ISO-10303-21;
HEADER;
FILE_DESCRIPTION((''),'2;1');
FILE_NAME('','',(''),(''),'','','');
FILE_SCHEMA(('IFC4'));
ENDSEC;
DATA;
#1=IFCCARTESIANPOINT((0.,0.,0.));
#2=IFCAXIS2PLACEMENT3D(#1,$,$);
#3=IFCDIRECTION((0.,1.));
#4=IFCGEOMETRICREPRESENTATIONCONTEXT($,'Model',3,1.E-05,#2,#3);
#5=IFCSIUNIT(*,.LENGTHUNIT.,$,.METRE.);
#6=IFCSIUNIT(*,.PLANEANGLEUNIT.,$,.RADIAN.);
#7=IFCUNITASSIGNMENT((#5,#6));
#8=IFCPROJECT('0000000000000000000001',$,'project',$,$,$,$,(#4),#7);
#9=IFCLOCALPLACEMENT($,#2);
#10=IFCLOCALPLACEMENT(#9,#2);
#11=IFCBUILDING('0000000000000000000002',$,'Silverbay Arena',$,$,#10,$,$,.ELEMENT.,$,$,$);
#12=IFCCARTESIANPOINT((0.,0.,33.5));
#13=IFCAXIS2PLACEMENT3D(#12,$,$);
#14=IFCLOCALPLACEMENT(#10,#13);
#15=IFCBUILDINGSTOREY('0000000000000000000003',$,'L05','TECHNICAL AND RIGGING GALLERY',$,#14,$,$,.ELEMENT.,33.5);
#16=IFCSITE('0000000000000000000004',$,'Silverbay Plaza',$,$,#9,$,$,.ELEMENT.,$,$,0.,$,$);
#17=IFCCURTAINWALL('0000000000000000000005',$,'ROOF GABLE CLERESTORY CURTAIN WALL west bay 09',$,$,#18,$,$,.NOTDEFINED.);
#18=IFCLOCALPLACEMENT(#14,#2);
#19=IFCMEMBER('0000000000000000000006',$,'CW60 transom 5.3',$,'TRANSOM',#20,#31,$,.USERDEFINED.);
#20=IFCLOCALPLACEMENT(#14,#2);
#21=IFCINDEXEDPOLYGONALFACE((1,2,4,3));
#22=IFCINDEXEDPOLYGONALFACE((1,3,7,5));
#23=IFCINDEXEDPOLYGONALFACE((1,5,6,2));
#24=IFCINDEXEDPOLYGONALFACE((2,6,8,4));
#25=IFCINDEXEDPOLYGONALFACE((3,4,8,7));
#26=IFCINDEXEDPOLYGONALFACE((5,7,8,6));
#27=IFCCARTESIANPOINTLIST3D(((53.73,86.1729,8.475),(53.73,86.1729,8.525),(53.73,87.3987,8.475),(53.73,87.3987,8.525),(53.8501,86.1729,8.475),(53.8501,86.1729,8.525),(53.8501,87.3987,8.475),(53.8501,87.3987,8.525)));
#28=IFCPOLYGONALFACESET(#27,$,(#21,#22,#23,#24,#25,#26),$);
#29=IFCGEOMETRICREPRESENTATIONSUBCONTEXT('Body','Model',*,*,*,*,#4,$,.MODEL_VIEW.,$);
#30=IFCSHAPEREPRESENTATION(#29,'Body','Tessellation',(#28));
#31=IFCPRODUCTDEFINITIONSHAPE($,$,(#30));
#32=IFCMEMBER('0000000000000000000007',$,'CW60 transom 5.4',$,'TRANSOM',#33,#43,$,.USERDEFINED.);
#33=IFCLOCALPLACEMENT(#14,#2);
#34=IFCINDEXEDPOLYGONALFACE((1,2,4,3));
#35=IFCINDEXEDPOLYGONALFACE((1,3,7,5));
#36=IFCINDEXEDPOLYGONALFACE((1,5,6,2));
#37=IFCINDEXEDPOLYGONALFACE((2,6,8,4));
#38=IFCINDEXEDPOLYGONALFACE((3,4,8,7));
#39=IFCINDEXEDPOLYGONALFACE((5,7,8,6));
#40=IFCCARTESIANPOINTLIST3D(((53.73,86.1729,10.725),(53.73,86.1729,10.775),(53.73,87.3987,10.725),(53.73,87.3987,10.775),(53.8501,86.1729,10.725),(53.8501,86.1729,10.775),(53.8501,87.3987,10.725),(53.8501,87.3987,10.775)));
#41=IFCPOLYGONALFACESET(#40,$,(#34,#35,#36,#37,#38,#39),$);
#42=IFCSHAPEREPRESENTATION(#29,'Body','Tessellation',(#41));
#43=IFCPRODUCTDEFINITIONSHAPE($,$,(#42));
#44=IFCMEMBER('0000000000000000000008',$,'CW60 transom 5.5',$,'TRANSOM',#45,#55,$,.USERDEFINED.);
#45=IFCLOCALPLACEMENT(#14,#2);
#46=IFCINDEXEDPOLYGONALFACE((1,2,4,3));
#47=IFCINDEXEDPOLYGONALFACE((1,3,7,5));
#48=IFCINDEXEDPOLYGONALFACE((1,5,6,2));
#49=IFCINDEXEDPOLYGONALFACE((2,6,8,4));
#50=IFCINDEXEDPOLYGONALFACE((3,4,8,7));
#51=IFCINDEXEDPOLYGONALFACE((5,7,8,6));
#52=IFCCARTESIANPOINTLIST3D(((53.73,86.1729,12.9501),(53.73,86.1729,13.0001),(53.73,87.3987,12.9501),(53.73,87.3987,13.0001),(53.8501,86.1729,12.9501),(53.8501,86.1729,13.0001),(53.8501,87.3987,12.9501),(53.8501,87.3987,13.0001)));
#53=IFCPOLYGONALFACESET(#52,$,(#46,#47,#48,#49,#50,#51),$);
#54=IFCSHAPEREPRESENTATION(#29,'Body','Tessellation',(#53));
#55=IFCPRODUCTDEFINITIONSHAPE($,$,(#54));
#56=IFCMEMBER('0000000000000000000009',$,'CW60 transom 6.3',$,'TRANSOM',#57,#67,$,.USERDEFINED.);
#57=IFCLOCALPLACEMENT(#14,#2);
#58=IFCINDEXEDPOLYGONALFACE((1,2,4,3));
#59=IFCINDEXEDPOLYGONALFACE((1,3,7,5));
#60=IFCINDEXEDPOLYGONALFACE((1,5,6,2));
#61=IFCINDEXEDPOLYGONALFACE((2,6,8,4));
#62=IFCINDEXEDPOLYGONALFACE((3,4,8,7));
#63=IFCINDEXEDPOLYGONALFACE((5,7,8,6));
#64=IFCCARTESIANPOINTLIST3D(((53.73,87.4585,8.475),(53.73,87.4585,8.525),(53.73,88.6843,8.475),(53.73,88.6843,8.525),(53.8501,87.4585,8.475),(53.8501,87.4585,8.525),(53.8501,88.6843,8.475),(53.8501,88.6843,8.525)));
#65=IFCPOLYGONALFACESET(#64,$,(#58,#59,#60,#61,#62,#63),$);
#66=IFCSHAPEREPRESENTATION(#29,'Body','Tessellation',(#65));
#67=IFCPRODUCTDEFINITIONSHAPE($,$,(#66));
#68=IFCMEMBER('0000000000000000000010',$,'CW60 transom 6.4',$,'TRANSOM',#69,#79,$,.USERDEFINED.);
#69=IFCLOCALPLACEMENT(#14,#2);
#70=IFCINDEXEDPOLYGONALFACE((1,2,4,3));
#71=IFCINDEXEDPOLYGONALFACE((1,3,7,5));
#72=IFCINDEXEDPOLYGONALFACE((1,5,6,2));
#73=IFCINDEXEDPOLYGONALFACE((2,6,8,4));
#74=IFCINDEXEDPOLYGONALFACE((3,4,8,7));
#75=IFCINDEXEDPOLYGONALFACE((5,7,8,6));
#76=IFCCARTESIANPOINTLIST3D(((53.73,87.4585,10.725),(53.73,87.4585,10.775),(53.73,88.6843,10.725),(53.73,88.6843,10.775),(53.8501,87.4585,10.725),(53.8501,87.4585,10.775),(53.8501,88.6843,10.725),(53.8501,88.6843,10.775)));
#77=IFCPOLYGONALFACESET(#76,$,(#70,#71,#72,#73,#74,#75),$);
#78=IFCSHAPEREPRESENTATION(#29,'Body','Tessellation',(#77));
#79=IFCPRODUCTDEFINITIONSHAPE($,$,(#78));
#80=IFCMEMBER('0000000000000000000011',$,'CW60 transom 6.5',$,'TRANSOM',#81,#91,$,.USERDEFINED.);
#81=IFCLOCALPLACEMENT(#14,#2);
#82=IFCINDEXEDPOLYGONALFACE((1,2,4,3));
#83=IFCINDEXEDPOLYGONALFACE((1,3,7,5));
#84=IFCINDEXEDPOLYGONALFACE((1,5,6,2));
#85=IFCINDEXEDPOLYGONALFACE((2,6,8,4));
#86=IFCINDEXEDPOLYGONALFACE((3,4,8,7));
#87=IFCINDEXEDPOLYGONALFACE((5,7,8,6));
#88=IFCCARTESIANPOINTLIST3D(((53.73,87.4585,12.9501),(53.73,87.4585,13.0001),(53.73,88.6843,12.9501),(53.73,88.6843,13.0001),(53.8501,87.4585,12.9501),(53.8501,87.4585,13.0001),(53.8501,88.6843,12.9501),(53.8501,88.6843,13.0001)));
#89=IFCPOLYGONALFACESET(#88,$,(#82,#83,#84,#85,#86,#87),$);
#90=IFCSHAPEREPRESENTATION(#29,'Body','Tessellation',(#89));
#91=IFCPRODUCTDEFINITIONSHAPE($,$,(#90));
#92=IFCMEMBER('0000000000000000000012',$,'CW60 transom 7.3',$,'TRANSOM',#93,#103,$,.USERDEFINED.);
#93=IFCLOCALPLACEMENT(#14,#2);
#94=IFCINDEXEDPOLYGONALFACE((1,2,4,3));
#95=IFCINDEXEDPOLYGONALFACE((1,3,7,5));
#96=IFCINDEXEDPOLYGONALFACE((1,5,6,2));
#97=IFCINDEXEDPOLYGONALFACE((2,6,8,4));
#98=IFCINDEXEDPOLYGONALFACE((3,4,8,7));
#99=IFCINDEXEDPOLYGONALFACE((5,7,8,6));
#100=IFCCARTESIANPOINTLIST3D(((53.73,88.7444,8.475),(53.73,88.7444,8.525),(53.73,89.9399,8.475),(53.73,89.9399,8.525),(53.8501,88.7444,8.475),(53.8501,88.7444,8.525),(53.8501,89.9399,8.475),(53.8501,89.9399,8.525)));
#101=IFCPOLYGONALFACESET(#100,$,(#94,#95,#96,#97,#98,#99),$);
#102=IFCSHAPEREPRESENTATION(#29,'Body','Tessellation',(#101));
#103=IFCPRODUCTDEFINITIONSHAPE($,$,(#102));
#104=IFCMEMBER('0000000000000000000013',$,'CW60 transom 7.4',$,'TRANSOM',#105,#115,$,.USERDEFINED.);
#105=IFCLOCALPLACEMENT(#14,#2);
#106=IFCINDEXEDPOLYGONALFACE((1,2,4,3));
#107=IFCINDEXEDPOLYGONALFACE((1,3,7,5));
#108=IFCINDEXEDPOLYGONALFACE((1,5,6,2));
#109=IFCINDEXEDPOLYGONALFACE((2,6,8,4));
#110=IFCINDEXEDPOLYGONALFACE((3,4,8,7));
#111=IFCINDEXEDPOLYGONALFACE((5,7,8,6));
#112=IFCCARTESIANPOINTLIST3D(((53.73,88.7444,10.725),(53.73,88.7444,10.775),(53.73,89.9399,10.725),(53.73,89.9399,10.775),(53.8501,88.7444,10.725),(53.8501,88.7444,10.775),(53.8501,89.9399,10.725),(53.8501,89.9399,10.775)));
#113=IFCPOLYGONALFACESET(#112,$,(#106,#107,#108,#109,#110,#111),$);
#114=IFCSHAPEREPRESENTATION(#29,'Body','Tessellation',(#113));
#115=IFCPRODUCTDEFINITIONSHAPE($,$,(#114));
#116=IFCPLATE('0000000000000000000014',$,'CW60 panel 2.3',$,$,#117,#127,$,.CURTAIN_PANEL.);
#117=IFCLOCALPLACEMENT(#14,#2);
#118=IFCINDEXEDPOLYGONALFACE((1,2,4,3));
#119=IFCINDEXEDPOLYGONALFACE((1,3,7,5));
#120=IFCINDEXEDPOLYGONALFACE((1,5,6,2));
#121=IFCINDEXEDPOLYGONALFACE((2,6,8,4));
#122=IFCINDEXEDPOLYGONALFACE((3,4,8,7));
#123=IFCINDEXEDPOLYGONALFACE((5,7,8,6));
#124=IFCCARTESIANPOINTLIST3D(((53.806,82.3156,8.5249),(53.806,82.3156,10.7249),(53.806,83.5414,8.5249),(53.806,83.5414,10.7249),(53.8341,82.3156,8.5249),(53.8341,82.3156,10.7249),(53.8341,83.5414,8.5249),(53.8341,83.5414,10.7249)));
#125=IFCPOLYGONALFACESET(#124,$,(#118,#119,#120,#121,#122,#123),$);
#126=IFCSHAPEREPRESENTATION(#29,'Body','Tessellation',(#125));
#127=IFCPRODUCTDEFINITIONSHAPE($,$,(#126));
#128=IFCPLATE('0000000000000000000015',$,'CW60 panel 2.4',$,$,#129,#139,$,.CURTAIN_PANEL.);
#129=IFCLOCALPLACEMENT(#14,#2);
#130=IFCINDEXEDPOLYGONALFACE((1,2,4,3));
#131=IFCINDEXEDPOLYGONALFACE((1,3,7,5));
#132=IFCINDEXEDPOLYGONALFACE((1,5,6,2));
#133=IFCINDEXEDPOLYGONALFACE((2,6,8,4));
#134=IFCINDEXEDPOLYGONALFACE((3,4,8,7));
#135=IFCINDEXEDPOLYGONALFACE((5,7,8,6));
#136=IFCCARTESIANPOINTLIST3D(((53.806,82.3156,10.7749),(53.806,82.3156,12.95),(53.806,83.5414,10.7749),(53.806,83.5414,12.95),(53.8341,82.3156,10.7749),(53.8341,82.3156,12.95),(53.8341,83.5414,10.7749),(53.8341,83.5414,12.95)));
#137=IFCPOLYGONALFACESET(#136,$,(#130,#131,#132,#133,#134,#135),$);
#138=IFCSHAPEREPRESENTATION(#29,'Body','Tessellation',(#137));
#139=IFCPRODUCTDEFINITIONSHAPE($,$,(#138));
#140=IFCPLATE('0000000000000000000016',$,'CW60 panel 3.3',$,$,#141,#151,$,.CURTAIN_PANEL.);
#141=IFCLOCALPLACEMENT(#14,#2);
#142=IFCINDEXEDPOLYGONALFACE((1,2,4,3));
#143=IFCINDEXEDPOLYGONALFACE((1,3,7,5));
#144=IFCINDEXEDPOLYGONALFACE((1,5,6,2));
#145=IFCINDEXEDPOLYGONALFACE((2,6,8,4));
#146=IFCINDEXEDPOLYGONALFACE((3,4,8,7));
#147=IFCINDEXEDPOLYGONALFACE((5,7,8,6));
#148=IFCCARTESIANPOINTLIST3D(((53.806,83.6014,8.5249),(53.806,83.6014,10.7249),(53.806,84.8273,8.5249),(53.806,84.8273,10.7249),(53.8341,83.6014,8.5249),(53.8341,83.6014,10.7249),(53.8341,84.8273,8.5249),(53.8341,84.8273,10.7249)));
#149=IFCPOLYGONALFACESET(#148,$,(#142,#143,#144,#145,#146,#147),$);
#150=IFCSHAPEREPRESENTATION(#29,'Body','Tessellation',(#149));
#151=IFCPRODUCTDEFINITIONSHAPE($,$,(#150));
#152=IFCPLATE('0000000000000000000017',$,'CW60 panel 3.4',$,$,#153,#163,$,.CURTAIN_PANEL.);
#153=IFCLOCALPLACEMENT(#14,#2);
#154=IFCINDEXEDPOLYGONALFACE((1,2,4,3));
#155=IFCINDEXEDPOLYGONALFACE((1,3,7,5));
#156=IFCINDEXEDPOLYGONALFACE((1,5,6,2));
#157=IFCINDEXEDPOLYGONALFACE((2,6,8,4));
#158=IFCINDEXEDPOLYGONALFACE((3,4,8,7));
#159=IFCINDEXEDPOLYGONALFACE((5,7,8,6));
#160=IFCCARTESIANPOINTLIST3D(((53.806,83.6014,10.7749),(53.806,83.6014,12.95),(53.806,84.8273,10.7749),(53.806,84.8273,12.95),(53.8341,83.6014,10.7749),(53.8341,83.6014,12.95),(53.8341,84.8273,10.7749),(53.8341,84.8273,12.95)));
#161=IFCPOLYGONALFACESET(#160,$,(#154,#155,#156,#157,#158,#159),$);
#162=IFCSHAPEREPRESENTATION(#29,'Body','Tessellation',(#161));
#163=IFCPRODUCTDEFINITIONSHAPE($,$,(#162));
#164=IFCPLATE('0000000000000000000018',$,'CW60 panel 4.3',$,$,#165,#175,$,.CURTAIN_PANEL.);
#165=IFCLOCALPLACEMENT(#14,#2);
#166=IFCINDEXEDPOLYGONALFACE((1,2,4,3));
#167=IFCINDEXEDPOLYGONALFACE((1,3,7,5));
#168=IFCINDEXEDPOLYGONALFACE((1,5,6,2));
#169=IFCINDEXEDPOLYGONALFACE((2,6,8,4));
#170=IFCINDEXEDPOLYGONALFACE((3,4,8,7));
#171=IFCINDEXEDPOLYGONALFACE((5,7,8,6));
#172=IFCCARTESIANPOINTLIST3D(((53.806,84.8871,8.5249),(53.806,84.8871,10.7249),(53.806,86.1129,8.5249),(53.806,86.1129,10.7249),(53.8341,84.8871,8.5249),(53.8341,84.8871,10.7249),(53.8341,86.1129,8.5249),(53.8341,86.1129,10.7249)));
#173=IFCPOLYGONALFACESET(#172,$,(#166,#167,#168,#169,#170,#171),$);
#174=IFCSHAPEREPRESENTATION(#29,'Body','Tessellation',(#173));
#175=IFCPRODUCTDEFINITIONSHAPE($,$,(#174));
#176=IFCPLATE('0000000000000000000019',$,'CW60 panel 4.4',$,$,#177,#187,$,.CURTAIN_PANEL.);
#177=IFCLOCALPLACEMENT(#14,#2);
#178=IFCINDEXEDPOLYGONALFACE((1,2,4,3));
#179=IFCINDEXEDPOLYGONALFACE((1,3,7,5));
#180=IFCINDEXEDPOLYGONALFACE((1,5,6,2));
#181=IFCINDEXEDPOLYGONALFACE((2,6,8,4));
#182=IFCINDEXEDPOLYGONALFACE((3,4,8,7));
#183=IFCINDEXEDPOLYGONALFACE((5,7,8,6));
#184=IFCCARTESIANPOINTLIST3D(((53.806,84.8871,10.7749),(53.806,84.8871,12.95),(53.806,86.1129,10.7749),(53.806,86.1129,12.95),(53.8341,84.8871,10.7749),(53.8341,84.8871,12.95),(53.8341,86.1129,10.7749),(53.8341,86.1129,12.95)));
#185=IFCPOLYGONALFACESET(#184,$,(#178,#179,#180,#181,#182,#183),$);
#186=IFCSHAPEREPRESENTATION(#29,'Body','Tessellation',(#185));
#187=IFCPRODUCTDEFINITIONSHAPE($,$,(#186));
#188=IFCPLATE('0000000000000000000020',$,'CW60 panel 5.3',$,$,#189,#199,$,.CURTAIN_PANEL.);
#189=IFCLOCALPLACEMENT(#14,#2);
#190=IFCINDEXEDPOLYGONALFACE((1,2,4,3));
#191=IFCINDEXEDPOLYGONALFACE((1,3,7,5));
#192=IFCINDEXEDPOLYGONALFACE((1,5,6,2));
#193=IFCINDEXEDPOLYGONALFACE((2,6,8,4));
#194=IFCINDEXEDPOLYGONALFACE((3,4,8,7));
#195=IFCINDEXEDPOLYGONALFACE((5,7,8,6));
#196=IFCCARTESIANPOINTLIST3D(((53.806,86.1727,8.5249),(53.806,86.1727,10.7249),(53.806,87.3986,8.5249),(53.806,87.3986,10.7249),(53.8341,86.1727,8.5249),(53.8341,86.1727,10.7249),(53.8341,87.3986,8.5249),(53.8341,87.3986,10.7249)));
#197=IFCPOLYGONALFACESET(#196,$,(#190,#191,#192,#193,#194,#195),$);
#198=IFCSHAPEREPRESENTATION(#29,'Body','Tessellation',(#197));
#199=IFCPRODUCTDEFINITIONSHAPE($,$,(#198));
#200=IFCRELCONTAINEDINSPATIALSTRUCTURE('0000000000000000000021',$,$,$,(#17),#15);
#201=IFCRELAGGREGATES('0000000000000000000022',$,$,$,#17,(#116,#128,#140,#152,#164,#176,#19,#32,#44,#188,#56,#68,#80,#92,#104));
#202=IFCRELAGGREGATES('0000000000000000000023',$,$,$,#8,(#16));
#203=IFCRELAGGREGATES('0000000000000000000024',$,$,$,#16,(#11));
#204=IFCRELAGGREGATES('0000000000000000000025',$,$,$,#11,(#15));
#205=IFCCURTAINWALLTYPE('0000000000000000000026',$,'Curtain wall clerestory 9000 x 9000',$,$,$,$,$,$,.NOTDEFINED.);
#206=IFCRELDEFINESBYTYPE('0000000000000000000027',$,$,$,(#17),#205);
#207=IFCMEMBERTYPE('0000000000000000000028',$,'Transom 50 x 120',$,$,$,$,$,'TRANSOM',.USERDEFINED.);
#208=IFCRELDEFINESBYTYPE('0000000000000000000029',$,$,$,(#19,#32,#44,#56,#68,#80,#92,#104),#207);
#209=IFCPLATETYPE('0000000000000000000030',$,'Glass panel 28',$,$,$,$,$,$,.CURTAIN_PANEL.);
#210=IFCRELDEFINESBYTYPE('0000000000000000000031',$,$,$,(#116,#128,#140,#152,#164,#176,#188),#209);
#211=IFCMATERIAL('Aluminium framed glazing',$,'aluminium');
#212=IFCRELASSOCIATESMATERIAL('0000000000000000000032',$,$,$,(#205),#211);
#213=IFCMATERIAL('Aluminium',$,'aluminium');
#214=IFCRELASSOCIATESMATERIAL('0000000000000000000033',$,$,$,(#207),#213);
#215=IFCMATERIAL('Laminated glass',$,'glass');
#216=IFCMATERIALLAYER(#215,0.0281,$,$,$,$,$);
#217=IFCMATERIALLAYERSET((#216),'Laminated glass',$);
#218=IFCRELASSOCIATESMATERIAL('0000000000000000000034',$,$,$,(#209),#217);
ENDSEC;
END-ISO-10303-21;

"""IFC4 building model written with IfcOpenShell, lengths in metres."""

from ifc_helpers import new_model, si_unit, direction, frame, origin, origin_2d, place, context, subcontext, project, spatial, rectangle, extrude, material, layer, layer_set, material_profile, profile_set, type_object, element, aggregate, save


model = new_model("IFC4")

# Units and contexts
model_context = context("Model", 3, precision=1e-05, world=origin(), true_north=direction((0.0, 1.0)))
body_context = subcontext(model_context, "Body", "Model", "MODEL_VIEW")
ifc_project = project(units=[si_unit("LENGTHUNIT", "METRE"), si_unit("PLANEANGLEUNIT", "RADIAN")], contexts=[model_context])

# Site, building, storey
site_placement = place(None, origin())
site = spatial("IfcSite", under=ifc_project, at=site_placement, Name="Silverbay Plaza", CompositionType="ELEMENT", RefElevation=0.0)
building_placement = place(site_placement, origin())
building = spatial("IfcBuilding", under=site, at=building_placement, Name="Silverbay Arena", CompositionType="ELEMENT")
storey_placement = place(building_placement, frame((0.0, 0.0, 33.5)))
storey = spatial("IfcBuildingStorey", under=building, at=storey_placement, Name="L05", Description="TECHNICAL AND RIGGING GALLERY", CompositionType="ELEMENT", Elevation=33.5)

# Curtain wall, members, plates
ifc_material_1 = material(Name="Aluminium framed glazing", Category="aluminium")
curtain_wall_type = type_object("IfcCurtainWallType", Name="Curtain wall clerestory 9000 x 9000", PredefinedType="NOTDEFINED", material=ifc_material_1)
curtain_wall_placement = place(storey_placement, origin())
curtain_wall = element("IfcCurtainWall", 1, at=curtain_wall_placement, inside=storey, type_object=curtain_wall_type, Name="ROOF GABLE CLERESTORY CURTAIN WALL west bay 09", PredefinedType="NOTDEFINED")
ifc_material_2 = material(Name="Aluminium", Category="aluminium")
ifc_material_profile_1 = material_profile(ifc_material_2, rectangle(XDim=0.1201, YDim=0.05, at=origin_2d()), Name="Transom 50 x 120")
ifc_profile_set_1 = profile_set([ifc_material_profile_1], Name="Aluminium")
member_type_1 = type_object("IfcMemberType", Name="Transom 50 x 120", ElementType="TRANSOM", PredefinedType="USERDEFINED", material=ifc_profile_set_1)
member_1_placement = place(storey_placement, frame((53.79, 86.1729, 8.5), z_axis=(0.0, 1.0, 0.0), x_axis=(-1.0, 0.0, 0.0)))
member_1 = element("IfcMember", 2, at=member_1_placement, type_object=member_type_1, Name="CW60 transom 5.3", ObjectType="TRANSOM", PredefinedType="USERDEFINED", context=body_context, shape_type="SweptSolid", body=[
    extrude(rectangle(XDim=0.1201, YDim=0.05, at=origin_2d()), origin(), (0.0, 0.0, 1.0), 1.2258),
])
member_2_placement = place(storey_placement, frame((53.79, 86.1729, 10.75), z_axis=(0.0, 1.0, 0.0), x_axis=(-1.0, 0.0, 0.0)))
member_2 = element("IfcMember", 3, at=member_2_placement, type_object=member_type_1, Name="CW60 transom 5.4", ObjectType="TRANSOM", PredefinedType="USERDEFINED", context=body_context, shape_type="SweptSolid", body=[
    extrude(rectangle(XDim=0.1201, YDim=0.05, at=origin_2d()), origin(), (0.0, 0.0, 1.0), 1.2258),
])
member_3_placement = place(storey_placement, frame((53.79, 86.1729, 12.9751), z_axis=(0.0, 1.0, 0.0), x_axis=(-1.0, 0.0, 0.0)))
member_3 = element("IfcMember", 4, at=member_3_placement, type_object=member_type_1, Name="CW60 transom 5.5", ObjectType="TRANSOM", PredefinedType="USERDEFINED", context=body_context, shape_type="SweptSolid", body=[
    extrude(rectangle(XDim=0.1201, YDim=0.05, at=origin_2d()), origin(), (0.0, 0.0, 1.0), 1.2258),
])
member_4_placement = place(storey_placement, frame((53.79, 87.4585, 8.5), z_axis=(0.0, 1.0, 0.0), x_axis=(-1.0, 0.0, 0.0)))
member_4 = element("IfcMember", 5, at=member_4_placement, type_object=member_type_1, Name="CW60 transom 6.3", ObjectType="TRANSOM", PredefinedType="USERDEFINED", context=body_context, shape_type="SweptSolid", body=[
    extrude(rectangle(XDim=0.1201, YDim=0.05, at=origin_2d()), origin(), (0.0, 0.0, 1.0), 1.2258),
])
member_5_placement = place(storey_placement, frame((53.79, 87.4585, 10.75), z_axis=(0.0, 1.0, 0.0), x_axis=(-1.0, 0.0, 0.0)))
member_5 = element("IfcMember", 6, at=member_5_placement, type_object=member_type_1, Name="CW60 transom 6.4", ObjectType="TRANSOM", PredefinedType="USERDEFINED", context=body_context, shape_type="SweptSolid", body=[
    extrude(rectangle(XDim=0.1201, YDim=0.05, at=origin_2d()), origin(), (0.0, 0.0, 1.0), 1.2258),
])
member_6_placement = place(storey_placement, frame((53.79, 87.4585, 12.9751), z_axis=(0.0, 1.0, 0.0), x_axis=(-1.0, 0.0, 0.0)))
member_6 = element("IfcMember", 7, at=member_6_placement, type_object=member_type_1, Name="CW60 transom 6.5", ObjectType="TRANSOM", PredefinedType="USERDEFINED", context=body_context, shape_type="SweptSolid", body=[
    extrude(rectangle(XDim=0.1201, YDim=0.05, at=origin_2d()), origin(), (0.0, 0.0, 1.0), 1.2258),
])
member_7_placement = place(storey_placement, frame((53.79, 88.7444, 8.5), z_axis=(0.0, 1.0, 0.0), x_axis=(-1.0, 0.0, 0.0)))
member_7 = element("IfcMember", 8, at=member_7_placement, type_object=member_type_1, Name="CW60 transom 7.3", ObjectType="TRANSOM", PredefinedType="USERDEFINED", context=body_context, shape_type="SweptSolid", body=[
    extrude(rectangle(XDim=0.1201, YDim=0.05, at=origin_2d()), origin(), (0.0, 0.0, 1.0), 1.1956),
])
member_8_placement = place(storey_placement, frame((53.79, 88.7444, 10.75), z_axis=(0.0, 1.0, 0.0), x_axis=(-1.0, 0.0, 0.0)))
member_8 = element("IfcMember", 9, at=member_8_placement, type_object=member_type_1, Name="CW60 transom 7.4", ObjectType="TRANSOM", PredefinedType="USERDEFINED", context=body_context, shape_type="SweptSolid", body=[
    extrude(rectangle(XDim=0.1201, YDim=0.05, at=origin_2d()), origin(), (0.0, 0.0, 1.0), 1.1956),
])
ifc_material_3 = material(Name="Laminated glass", Category="glass")
ifc_layer = layer(ifc_material_3, 0.0281)
ifc_layer_set = layer_set([ifc_layer], Name="Laminated glass")
plate_type = type_object("IfcPlateType", Name="Glass panel 28", PredefinedType="CURTAIN_PANEL", material=ifc_layer_set)
plate_1_placement = place(storey_placement, frame((53.8201, 82.9285, 8.5249), z_axis=(0.0, 0.0, 1.0), x_axis=(0.0, 1.0, 0.0)))
plate_1 = element("IfcPlate", 10, at=plate_1_placement, type_object=plate_type, Name="CW60 panel 2.3", PredefinedType="CURTAIN_PANEL", context=body_context, shape_type="SweptSolid", body=[
    extrude(rectangle(XDim=1.2258, YDim=0.0281, at=origin_2d()), origin(), (0.0, 0.0, 1.0), 2.2),
])
plate_2_placement = place(storey_placement, frame((53.8201, 82.9285, 10.7749), z_axis=(0.0, 0.0, 1.0), x_axis=(0.0, 1.0, 0.0)))
plate_2 = element("IfcPlate", 11, at=plate_2_placement, type_object=plate_type, Name="CW60 panel 2.4", PredefinedType="CURTAIN_PANEL", context=body_context, shape_type="SweptSolid", body=[
    extrude(rectangle(XDim=1.2258, YDim=0.0281, at=origin_2d()), origin(), (0.0, 0.0, 1.0), 2.175),
])
plate_3_placement = place(storey_placement, frame((53.8201, 84.2144, 8.5249), z_axis=(0.0, 0.0, 1.0), x_axis=(0.0, 1.0, 0.0)))
plate_3 = element("IfcPlate", 12, at=plate_3_placement, type_object=plate_type, Name="CW60 panel 3.3", PredefinedType="CURTAIN_PANEL", context=body_context, shape_type="SweptSolid", body=[
    extrude(rectangle(XDim=1.2258, YDim=0.0281, at=origin_2d()), origin(), (0.0, 0.0, 1.0), 2.2),
])
plate_4_placement = place(storey_placement, frame((53.8201, 84.2144, 10.7749), z_axis=(0.0, 0.0, 1.0), x_axis=(0.0, 1.0, 0.0)))
plate_4 = element("IfcPlate", 13, at=plate_4_placement, type_object=plate_type, Name="CW60 panel 3.4", PredefinedType="CURTAIN_PANEL", context=body_context, shape_type="SweptSolid", body=[
    extrude(rectangle(XDim=1.2258, YDim=0.0281, at=origin_2d()), origin(), (0.0, 0.0, 1.0), 2.175),
])
plate_5_placement = place(storey_placement, frame((53.8201, 85.5, 8.5249), z_axis=(0.0, 0.0, 1.0), x_axis=(0.0, 1.0, 0.0)))
plate_5 = element("IfcPlate", 14, at=plate_5_placement, type_object=plate_type, Name="CW60 panel 4.3", PredefinedType="CURTAIN_PANEL", context=body_context, shape_type="SweptSolid", body=[
    extrude(rectangle(XDim=1.2258, YDim=0.0281, at=origin_2d()), origin(), (0.0, 0.0, 1.0), 2.2),
])
plate_6_placement = place(storey_placement, frame((53.8201, 85.5, 10.7749), z_axis=(0.0, 0.0, 1.0), x_axis=(0.0, 1.0, 0.0)))
plate_6 = element("IfcPlate", 15, at=plate_6_placement, type_object=plate_type, Name="CW60 panel 4.4", PredefinedType="CURTAIN_PANEL", context=body_context, shape_type="SweptSolid", body=[
    extrude(rectangle(XDim=1.2258, YDim=0.0281, at=origin_2d()), origin(), (0.0, 0.0, 1.0), 2.175),
])
plate_7_placement = place(storey_placement, frame((53.8201, 86.7856, 8.5249), z_axis=(0.0, 0.0, 1.0), x_axis=(0.0, 1.0, 0.0)))
plate_7 = element("IfcPlate", 16, at=plate_7_placement, type_object=plate_type, Name="CW60 panel 5.3", PredefinedType="CURTAIN_PANEL", context=body_context, shape_type="SweptSolid", body=[
    extrude(rectangle(XDim=1.2258, YDim=0.0281, at=origin_2d()), origin(), (0.0, 0.0, 1.0), 2.2),
])
aggregate(curtain_wall, [plate_1, plate_2, plate_3, plate_4, plate_5, plate_6, member_1, member_2, member_3, plate_7, member_4, member_5, member_6, member_7, member_8])

save(model, "model.ifc")
